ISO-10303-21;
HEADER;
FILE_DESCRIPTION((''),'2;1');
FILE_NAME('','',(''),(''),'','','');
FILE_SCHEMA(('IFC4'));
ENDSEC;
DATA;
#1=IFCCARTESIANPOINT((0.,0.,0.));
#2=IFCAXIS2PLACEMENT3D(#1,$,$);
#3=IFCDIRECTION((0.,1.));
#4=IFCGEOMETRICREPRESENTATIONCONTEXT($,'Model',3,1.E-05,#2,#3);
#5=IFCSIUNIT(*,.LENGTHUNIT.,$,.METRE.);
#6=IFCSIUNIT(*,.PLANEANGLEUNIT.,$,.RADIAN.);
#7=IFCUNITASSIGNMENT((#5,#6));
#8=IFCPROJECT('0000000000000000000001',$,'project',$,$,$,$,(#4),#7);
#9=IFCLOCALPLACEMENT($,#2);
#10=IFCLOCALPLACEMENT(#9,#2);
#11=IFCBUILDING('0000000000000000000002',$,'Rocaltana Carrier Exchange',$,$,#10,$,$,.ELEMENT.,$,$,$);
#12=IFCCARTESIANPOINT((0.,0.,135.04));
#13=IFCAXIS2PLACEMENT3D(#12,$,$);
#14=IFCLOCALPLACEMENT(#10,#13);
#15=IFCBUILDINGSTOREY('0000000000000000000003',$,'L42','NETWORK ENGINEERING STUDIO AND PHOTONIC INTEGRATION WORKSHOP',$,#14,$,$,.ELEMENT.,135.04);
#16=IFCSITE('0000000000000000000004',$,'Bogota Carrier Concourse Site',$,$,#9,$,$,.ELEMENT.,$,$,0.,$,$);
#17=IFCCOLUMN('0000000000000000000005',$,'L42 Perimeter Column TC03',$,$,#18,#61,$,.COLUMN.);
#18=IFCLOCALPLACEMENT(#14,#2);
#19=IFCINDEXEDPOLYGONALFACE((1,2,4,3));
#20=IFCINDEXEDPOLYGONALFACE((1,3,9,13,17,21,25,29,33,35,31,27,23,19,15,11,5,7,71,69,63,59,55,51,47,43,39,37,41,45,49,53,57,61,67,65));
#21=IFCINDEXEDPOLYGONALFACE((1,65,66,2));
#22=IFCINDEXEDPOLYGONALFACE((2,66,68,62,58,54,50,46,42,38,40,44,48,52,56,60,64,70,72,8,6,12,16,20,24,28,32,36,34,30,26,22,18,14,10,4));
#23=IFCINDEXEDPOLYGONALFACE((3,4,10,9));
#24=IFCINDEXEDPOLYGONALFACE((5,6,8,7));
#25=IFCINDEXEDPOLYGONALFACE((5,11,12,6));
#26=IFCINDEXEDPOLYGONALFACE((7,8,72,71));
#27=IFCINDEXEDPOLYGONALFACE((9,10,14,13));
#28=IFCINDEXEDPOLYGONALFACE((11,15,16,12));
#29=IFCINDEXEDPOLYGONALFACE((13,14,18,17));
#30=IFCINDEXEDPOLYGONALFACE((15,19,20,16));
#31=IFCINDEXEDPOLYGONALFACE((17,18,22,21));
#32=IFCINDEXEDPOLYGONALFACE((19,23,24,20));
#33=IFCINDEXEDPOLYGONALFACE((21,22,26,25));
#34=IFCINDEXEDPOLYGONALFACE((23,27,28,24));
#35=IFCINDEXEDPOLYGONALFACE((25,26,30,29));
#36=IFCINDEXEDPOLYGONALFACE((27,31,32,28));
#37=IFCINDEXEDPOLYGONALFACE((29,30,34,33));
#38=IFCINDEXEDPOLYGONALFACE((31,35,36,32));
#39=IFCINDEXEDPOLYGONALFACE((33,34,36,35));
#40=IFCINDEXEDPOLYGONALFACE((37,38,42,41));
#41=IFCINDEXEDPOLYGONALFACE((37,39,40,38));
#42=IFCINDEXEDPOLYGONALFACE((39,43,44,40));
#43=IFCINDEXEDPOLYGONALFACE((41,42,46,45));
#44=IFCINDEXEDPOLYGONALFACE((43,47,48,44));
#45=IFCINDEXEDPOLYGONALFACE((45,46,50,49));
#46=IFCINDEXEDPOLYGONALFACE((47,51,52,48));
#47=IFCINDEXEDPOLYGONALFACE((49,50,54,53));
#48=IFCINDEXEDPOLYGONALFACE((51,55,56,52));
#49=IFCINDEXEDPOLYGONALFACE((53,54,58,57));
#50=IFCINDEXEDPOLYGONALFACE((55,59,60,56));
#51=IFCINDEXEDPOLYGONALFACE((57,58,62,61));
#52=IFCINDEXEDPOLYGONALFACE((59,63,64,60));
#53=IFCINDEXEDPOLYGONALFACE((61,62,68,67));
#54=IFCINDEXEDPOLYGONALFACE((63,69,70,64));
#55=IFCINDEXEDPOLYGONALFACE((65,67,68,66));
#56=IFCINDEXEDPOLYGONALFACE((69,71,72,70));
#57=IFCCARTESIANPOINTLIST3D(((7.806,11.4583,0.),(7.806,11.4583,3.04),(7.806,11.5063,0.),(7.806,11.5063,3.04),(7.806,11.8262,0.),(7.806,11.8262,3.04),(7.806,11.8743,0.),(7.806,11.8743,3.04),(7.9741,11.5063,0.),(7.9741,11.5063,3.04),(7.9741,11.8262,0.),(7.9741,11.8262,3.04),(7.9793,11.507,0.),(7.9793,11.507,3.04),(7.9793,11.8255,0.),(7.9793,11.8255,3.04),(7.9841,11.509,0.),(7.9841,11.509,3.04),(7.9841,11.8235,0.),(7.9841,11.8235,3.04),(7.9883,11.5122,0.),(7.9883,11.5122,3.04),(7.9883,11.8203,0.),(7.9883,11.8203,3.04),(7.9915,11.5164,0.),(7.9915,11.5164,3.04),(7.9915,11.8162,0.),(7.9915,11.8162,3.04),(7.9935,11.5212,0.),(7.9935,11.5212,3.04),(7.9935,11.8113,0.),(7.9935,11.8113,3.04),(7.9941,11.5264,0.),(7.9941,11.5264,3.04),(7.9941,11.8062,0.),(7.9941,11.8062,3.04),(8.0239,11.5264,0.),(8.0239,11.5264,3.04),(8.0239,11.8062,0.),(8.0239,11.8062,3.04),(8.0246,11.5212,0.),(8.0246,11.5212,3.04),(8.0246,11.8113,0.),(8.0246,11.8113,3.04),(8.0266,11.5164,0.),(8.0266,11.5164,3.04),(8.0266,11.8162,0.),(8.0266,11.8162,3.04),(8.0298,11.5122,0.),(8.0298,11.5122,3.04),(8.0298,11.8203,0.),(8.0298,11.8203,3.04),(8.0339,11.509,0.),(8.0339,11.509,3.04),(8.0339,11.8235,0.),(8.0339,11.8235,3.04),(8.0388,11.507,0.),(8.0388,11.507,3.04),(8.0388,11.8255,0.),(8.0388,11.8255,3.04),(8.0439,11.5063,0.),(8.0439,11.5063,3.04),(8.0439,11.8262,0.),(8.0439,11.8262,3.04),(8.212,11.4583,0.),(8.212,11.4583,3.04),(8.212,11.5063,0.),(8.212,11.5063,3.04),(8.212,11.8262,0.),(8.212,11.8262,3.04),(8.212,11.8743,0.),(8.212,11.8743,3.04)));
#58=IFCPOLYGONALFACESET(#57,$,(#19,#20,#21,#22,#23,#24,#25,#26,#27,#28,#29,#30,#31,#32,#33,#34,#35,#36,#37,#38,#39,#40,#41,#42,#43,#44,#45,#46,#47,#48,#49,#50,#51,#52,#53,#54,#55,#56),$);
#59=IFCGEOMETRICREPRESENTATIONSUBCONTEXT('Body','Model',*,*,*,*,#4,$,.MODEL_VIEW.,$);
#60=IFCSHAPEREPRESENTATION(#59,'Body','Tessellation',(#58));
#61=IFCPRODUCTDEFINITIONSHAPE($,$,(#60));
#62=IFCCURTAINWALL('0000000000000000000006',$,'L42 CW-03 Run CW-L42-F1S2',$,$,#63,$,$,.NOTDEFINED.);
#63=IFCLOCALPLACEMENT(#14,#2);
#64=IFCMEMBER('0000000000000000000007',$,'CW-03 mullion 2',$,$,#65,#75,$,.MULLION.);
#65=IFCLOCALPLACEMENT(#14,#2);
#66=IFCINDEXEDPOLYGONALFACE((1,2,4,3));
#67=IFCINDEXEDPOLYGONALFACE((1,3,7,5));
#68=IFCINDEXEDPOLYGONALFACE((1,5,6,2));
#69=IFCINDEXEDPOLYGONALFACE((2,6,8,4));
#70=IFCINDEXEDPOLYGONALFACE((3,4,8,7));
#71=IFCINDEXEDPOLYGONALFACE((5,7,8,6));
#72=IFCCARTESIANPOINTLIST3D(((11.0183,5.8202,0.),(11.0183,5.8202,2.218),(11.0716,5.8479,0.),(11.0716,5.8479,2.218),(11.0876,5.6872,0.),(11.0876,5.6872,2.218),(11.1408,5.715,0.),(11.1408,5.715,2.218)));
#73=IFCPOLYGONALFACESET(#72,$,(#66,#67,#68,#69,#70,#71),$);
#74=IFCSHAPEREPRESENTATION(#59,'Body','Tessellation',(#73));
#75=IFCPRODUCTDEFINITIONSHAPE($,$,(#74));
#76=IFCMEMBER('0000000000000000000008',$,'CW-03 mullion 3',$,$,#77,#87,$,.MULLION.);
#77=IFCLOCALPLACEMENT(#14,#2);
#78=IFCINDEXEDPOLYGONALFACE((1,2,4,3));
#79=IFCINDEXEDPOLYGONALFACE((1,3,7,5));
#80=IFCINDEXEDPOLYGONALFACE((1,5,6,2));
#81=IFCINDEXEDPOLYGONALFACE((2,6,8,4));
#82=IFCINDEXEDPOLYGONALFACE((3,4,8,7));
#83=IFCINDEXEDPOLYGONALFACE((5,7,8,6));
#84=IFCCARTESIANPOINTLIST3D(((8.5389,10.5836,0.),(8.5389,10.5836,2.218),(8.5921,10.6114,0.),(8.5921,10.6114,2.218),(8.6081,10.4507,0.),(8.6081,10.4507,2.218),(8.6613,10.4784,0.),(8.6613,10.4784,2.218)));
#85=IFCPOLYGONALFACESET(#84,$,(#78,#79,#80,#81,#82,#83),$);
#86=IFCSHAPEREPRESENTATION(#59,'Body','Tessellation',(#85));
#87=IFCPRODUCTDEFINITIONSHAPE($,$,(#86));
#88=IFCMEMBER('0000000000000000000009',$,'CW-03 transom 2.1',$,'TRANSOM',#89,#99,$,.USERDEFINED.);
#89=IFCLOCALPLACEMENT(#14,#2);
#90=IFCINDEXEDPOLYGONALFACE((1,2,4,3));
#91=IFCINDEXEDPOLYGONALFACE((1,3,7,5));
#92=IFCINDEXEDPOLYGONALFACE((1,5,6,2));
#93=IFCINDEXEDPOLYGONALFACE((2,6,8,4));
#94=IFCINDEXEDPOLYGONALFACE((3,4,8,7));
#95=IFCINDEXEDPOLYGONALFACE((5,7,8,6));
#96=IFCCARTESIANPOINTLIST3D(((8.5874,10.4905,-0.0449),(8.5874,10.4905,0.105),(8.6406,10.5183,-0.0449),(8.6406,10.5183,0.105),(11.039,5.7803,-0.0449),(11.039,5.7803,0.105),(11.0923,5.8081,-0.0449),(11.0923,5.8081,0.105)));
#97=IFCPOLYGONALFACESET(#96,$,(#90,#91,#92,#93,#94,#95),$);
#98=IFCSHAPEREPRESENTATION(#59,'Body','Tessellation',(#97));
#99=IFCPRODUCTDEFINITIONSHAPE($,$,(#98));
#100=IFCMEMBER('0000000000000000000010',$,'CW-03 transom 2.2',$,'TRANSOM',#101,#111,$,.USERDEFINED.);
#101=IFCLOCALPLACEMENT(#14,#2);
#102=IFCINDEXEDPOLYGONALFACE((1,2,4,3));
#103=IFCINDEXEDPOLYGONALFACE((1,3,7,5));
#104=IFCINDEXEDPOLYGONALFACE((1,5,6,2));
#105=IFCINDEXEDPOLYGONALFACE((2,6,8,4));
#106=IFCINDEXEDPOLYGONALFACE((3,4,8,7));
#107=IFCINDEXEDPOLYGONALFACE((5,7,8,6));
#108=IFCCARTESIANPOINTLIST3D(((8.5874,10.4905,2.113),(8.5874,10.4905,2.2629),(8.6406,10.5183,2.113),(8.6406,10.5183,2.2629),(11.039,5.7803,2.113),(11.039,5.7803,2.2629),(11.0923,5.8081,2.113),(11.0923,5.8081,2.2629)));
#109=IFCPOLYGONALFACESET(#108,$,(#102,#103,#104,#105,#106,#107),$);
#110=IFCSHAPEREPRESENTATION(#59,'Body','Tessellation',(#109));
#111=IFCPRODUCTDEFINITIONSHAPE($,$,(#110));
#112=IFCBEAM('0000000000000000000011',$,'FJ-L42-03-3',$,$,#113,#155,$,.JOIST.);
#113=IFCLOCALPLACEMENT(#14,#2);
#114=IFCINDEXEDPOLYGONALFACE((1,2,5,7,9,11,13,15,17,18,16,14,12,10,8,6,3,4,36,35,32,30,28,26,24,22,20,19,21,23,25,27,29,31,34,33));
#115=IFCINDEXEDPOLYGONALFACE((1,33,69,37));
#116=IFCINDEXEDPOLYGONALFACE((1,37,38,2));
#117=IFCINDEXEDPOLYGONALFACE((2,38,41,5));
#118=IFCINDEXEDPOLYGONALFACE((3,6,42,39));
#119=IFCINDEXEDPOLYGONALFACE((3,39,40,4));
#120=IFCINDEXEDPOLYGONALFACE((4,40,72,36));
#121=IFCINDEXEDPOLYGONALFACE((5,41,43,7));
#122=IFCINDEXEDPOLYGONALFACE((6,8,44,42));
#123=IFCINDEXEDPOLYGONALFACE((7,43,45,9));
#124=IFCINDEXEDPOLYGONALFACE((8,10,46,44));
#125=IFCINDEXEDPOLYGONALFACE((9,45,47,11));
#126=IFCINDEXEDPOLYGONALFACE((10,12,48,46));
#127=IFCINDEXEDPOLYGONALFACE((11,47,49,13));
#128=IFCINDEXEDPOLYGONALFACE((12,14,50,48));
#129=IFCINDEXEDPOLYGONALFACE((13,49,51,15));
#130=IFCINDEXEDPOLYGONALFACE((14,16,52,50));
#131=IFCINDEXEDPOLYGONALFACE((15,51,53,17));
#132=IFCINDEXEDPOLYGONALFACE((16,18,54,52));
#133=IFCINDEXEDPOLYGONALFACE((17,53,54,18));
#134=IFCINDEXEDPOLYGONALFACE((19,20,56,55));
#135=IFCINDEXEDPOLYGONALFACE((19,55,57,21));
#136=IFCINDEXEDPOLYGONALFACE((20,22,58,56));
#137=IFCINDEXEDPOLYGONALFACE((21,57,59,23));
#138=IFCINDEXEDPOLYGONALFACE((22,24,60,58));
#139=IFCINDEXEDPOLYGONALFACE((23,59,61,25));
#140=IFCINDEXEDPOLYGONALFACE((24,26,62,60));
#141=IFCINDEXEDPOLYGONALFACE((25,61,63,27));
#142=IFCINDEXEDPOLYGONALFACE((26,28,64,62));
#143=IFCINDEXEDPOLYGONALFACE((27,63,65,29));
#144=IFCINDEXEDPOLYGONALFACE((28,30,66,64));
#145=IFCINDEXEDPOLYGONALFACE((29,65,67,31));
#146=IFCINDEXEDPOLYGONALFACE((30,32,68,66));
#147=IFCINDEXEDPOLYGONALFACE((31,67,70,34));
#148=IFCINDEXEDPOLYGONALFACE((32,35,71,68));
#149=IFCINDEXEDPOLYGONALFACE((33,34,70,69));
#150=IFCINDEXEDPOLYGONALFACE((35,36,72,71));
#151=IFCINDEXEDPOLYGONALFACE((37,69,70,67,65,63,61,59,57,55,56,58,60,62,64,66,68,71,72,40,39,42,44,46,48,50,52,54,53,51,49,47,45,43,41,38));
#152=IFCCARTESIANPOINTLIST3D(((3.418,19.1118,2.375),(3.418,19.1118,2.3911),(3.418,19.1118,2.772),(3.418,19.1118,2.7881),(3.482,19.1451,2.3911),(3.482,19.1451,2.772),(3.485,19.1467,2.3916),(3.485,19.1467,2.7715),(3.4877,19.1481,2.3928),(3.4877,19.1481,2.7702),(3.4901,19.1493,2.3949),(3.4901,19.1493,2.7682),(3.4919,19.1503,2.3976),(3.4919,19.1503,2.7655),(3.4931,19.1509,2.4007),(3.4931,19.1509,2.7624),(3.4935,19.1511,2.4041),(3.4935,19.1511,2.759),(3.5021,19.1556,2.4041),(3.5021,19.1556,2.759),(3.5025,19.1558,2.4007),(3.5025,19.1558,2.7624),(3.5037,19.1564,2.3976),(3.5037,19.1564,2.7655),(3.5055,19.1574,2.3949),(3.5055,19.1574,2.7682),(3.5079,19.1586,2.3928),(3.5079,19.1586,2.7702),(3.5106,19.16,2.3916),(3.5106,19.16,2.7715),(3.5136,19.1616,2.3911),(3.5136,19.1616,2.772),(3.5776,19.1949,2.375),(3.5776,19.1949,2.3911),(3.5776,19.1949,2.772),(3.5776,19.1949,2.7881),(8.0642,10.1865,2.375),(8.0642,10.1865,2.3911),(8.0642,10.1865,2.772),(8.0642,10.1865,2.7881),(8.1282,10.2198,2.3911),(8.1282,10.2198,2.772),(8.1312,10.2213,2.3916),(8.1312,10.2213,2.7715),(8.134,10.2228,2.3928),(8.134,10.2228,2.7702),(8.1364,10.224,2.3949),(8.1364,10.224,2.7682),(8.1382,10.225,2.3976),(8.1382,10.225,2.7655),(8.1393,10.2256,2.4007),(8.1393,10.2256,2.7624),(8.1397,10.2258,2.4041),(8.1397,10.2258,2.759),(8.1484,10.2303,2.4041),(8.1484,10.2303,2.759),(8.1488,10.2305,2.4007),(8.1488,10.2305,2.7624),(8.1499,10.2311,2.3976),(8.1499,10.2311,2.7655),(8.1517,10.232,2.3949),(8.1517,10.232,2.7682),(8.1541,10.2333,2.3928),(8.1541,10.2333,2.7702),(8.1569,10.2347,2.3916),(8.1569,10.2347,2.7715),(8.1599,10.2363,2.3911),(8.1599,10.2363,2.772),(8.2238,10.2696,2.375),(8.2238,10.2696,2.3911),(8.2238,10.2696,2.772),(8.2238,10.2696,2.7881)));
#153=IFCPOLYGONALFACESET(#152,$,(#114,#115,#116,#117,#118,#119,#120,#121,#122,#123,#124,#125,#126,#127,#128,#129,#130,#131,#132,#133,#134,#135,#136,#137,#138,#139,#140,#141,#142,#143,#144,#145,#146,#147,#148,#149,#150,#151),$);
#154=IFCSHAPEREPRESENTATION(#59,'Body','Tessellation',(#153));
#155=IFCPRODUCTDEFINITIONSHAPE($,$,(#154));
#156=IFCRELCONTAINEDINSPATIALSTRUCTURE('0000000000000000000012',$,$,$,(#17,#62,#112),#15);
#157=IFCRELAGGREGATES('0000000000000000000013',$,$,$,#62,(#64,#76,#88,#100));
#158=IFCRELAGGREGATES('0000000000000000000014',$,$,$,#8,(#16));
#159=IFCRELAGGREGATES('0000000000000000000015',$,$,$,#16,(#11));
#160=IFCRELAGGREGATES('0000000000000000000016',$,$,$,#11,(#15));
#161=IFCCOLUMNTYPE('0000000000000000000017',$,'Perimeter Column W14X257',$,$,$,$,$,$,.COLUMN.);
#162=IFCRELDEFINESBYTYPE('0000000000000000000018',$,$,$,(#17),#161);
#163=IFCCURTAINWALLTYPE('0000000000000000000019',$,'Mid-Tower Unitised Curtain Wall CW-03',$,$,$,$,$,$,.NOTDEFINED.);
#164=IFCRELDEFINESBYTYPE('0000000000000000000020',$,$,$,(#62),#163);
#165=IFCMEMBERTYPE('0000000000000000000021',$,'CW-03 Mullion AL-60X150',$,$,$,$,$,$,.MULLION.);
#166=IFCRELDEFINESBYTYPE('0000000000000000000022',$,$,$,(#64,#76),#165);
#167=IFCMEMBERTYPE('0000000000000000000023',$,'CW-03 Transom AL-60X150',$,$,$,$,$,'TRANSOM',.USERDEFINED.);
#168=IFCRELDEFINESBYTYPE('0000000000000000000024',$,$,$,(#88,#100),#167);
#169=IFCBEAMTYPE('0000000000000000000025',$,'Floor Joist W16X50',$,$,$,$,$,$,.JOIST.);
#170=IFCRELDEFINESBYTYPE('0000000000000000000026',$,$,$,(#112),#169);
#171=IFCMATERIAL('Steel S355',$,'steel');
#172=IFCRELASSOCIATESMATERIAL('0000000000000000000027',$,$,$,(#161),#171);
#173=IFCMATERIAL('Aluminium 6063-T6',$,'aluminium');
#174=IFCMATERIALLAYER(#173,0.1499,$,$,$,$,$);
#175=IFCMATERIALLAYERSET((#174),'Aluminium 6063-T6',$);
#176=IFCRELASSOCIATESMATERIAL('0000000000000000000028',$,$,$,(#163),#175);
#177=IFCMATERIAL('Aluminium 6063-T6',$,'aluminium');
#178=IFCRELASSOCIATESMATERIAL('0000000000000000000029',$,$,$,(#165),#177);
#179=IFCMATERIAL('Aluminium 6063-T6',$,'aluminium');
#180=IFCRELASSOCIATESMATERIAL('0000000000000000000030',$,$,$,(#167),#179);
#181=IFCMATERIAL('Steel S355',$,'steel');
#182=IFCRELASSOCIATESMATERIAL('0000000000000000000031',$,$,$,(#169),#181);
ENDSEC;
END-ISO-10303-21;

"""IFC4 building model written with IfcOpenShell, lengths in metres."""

from ifc_helpers import new_model, si_unit, direction, frame, origin, origin_2d, place, context, subcontext, project, spatial, rectangle, i_section, extrude, material, layer, layer_set, material_profile, profile_set, type_object, element, aggregate, save


model = new_model("IFC4")

# Units and contexts
model_context = context("Model", 3, precision=1e-05, world=origin(), true_north=direction((0.0, 1.0)))
body_context = subcontext(model_context, "Body", "Model", "MODEL_VIEW")
ifc_project = project(units=[si_unit("LENGTHUNIT", "METRE"), si_unit("PLANEANGLEUNIT", "RADIAN")], contexts=[model_context])

# Site, building, storey
site_placement = place(None, origin())
site = spatial("IfcSite", under=ifc_project, at=site_placement, Name="Bogota Carrier Concourse Site", CompositionType="ELEMENT", RefElevation=0.0)
building_placement = place(site_placement, origin())
building = spatial("IfcBuilding", under=site, at=building_placement, Name="Rocaltana Carrier Exchange", CompositionType="ELEMENT")
storey_placement = place(building_placement, frame((0.0, 0.0, 135.04)))
storey = spatial("IfcBuildingStorey", under=building, at=storey_placement, Name="L42", Description="NETWORK ENGINEERING STUDIO AND PHOTONIC INTEGRATION WORKSHOP", CompositionType="ELEMENT", Elevation=135.04)

# Column
ifc_material_1 = material(Name="Steel S355", Category="steel")
ifc_material_profile_1 = material_profile(ifc_material_1, i_section(OverallWidth=0.406, OverallDepth=0.416, WebThickness=0.0298, FlangeThickness=0.0481, FilletRadius=0.02, at=origin_2d()), Name="W14X257")
ifc_profile_set_1 = profile_set([ifc_material_profile_1], Name="Steel S355")
column_type = type_object("IfcColumnType", Name="Perimeter Column W14X257", PredefinedType="COLUMN", material=ifc_profile_set_1)
column_placement = place(storey_placement, frame((8.009, 11.6663, 0.0), z_axis=(0.0, 0.0, 1.0), x_axis=(1.0, 0.0, 0.0)))
element("IfcColumn", 1, at=column_placement, inside=storey, type_object=column_type, Name="L42 Perimeter Column TC03", PredefinedType="COLUMN", context=body_context, shape_type="SweptSolid", body=[
    extrude(i_section(OverallWidth=0.406, OverallDepth=0.416, WebThickness=0.0298, FlangeThickness=0.0481, FilletRadius=0.02, at=origin_2d()), origin(), (0.0, 0.0, 1.0), 3.04),
])

# Curtain wall, members
ifc_material_2 = material(Name="Aluminium 6063-T6", Category="aluminium")
ifc_layer_1 = layer(ifc_material_2, 0.1499)
ifc_layer_set_1 = layer_set([ifc_layer_1], Name="Aluminium 6063-T6")
curtain_wall_type = type_object("IfcCurtainWallType", Name="Mid-Tower Unitised Curtain Wall CW-03", PredefinedType="NOTDEFINED", material=ifc_layer_set_1)
curtain_wall_placement = place(storey_placement, origin())
curtain_wall = element("IfcCurtainWall", 2, at=curtain_wall_placement, inside=storey, type_object=curtain_wall_type, Name="L42 CW-03 Run CW-L42-F1S2", PredefinedType="NOTDEFINED")
ifc_material_3 = material(Name="Aluminium 6063-T6", Category="aluminium")
ifc_material_profile_2 = material_profile(ifc_material_3, rectangle(XDim=0.0601, YDim=0.1499, at=origin_2d()), Name="AL-60X150")
ifc_profile_set_2 = profile_set([ifc_material_profile_2], Name="Aluminium 6063-T6")
member_type_1 = type_object("IfcMemberType", Name="CW-03 Mullion AL-60X150", PredefinedType="MULLION", material=ifc_profile_set_2)
member_1_placement = place(storey_placement, frame((11.0796, 5.7676, 0.0), z_axis=(0.0, 0.0, 1.0), x_axis=(-0.887012, -0.461747, 0.0)))
member_1 = element("IfcMember", 3, at=member_1_placement, type_object=member_type_1, Name="CW-03 mullion 2", PredefinedType="MULLION", context=body_context, shape_type="SweptSolid", body=[
    extrude(rectangle(XDim=0.0601, YDim=0.1499, at=origin_2d()), origin(), (0.0, 0.0, 1.0), 2.218),
])
member_2_placement = place(storey_placement, frame((8.6001, 10.531, 0.0), z_axis=(0.0, 0.0, 1.0), x_axis=(-0.887012, -0.461747, 0.0)))
member_2 = element("IfcMember", 4, at=member_2_placement, type_object=member_type_1, Name="CW-03 mullion 3", PredefinedType="MULLION", context=body_context, shape_type="SweptSolid", body=[
    extrude(rectangle(XDim=0.0601, YDim=0.1499, at=origin_2d()), origin(), (0.0, 0.0, 1.0), 2.218),
])
ifc_material_4 = material(Name="Aluminium 6063-T6", Category="aluminium")
ifc_material_profile_3 = material_profile(ifc_material_4, rectangle(XDim=0.0601, YDim=0.1499, at=origin_2d()), Name="AL-60X150")
ifc_profile_set_3 = profile_set([ifc_material_profile_3], Name="Aluminium 6063-T6")
member_type_2 = type_object("IfcMemberType", Name="CW-03 Transom AL-60X150", ElementType="TRANSOM", PredefinedType="USERDEFINED", material=ifc_profile_set_3)
member_3_placement = place(storey_placement, frame((11.0657, 5.7942, 0.03), z_axis=(-0.461702, 0.887035, 0.0), x_axis=(-0.887035, -0.461702, 0.0)))
member_3 = element("IfcMember", 5, at=member_3_placement, type_object=member_type_2, Name="CW-03 transom 2.1", ObjectType="TRANSOM", PredefinedType="USERDEFINED", context=body_context, shape_type="SweptSolid", body=[
    extrude(rectangle(XDim=0.0601, YDim=0.1499, at=origin_2d()), origin(), (0.0, 0.0, 1.0), 5.3101),
])
member_4_placement = place(storey_placement, frame((11.0657, 5.7942, 2.188), z_axis=(-0.461702, 0.887035, 0.0), x_axis=(-0.887035, -0.461702, 0.0)))
member_4 = element("IfcMember", 6, at=member_4_placement, type_object=member_type_2, Name="CW-03 transom 2.2", ObjectType="TRANSOM", PredefinedType="USERDEFINED", context=body_context, shape_type="SweptSolid", body=[
    extrude(rectangle(XDim=0.0601, YDim=0.1499, at=origin_2d()), origin(), (0.0, 0.0, 1.0), 5.3101),
])

# Beam
ifc_material_5 = material(Name="Steel S355", Category="steel")
ifc_material_profile_4 = material_profile(ifc_material_5, i_section(OverallWidth=0.1799, OverallDepth=0.4131, WebThickness=0.0098, FlangeThickness=0.0161, FilletRadius=0.0129, at=origin_2d()), Name="W16X50")
ifc_profile_set_4 = profile_set([ifc_material_profile_4], Name="Steel S355")
beam_type_1 = type_object("IfcBeamType", Name="Floor Joist W16X50", PredefinedType="JOIST", material=ifc_profile_set_4)
beam_1_placement = place(storey_placement, frame((8.144, 10.228, 2.5815), z_axis=(-0.461751, 0.88701, 0.0), x_axis=(-0.88701, -0.461751, 0.0)))
element("IfcBeam", 7, at=beam_1_placement, inside=storey, type_object=beam_type_1, Name="FJ-L42-03-3", PredefinedType="JOIST", context=body_context, shape_type="SweptSolid", body=[
    extrude(i_section(OverallWidth=0.1799, OverallDepth=0.4131, WebThickness=0.0098, FlangeThickness=0.0161, FilletRadius=0.0129, at=origin_2d()), origin(), (0.0, 0.0, 1.0), 10.0623),
])

aggregate(curtain_wall, [member_1, member_2, member_3, member_4])

save(model, "model.ifc")
